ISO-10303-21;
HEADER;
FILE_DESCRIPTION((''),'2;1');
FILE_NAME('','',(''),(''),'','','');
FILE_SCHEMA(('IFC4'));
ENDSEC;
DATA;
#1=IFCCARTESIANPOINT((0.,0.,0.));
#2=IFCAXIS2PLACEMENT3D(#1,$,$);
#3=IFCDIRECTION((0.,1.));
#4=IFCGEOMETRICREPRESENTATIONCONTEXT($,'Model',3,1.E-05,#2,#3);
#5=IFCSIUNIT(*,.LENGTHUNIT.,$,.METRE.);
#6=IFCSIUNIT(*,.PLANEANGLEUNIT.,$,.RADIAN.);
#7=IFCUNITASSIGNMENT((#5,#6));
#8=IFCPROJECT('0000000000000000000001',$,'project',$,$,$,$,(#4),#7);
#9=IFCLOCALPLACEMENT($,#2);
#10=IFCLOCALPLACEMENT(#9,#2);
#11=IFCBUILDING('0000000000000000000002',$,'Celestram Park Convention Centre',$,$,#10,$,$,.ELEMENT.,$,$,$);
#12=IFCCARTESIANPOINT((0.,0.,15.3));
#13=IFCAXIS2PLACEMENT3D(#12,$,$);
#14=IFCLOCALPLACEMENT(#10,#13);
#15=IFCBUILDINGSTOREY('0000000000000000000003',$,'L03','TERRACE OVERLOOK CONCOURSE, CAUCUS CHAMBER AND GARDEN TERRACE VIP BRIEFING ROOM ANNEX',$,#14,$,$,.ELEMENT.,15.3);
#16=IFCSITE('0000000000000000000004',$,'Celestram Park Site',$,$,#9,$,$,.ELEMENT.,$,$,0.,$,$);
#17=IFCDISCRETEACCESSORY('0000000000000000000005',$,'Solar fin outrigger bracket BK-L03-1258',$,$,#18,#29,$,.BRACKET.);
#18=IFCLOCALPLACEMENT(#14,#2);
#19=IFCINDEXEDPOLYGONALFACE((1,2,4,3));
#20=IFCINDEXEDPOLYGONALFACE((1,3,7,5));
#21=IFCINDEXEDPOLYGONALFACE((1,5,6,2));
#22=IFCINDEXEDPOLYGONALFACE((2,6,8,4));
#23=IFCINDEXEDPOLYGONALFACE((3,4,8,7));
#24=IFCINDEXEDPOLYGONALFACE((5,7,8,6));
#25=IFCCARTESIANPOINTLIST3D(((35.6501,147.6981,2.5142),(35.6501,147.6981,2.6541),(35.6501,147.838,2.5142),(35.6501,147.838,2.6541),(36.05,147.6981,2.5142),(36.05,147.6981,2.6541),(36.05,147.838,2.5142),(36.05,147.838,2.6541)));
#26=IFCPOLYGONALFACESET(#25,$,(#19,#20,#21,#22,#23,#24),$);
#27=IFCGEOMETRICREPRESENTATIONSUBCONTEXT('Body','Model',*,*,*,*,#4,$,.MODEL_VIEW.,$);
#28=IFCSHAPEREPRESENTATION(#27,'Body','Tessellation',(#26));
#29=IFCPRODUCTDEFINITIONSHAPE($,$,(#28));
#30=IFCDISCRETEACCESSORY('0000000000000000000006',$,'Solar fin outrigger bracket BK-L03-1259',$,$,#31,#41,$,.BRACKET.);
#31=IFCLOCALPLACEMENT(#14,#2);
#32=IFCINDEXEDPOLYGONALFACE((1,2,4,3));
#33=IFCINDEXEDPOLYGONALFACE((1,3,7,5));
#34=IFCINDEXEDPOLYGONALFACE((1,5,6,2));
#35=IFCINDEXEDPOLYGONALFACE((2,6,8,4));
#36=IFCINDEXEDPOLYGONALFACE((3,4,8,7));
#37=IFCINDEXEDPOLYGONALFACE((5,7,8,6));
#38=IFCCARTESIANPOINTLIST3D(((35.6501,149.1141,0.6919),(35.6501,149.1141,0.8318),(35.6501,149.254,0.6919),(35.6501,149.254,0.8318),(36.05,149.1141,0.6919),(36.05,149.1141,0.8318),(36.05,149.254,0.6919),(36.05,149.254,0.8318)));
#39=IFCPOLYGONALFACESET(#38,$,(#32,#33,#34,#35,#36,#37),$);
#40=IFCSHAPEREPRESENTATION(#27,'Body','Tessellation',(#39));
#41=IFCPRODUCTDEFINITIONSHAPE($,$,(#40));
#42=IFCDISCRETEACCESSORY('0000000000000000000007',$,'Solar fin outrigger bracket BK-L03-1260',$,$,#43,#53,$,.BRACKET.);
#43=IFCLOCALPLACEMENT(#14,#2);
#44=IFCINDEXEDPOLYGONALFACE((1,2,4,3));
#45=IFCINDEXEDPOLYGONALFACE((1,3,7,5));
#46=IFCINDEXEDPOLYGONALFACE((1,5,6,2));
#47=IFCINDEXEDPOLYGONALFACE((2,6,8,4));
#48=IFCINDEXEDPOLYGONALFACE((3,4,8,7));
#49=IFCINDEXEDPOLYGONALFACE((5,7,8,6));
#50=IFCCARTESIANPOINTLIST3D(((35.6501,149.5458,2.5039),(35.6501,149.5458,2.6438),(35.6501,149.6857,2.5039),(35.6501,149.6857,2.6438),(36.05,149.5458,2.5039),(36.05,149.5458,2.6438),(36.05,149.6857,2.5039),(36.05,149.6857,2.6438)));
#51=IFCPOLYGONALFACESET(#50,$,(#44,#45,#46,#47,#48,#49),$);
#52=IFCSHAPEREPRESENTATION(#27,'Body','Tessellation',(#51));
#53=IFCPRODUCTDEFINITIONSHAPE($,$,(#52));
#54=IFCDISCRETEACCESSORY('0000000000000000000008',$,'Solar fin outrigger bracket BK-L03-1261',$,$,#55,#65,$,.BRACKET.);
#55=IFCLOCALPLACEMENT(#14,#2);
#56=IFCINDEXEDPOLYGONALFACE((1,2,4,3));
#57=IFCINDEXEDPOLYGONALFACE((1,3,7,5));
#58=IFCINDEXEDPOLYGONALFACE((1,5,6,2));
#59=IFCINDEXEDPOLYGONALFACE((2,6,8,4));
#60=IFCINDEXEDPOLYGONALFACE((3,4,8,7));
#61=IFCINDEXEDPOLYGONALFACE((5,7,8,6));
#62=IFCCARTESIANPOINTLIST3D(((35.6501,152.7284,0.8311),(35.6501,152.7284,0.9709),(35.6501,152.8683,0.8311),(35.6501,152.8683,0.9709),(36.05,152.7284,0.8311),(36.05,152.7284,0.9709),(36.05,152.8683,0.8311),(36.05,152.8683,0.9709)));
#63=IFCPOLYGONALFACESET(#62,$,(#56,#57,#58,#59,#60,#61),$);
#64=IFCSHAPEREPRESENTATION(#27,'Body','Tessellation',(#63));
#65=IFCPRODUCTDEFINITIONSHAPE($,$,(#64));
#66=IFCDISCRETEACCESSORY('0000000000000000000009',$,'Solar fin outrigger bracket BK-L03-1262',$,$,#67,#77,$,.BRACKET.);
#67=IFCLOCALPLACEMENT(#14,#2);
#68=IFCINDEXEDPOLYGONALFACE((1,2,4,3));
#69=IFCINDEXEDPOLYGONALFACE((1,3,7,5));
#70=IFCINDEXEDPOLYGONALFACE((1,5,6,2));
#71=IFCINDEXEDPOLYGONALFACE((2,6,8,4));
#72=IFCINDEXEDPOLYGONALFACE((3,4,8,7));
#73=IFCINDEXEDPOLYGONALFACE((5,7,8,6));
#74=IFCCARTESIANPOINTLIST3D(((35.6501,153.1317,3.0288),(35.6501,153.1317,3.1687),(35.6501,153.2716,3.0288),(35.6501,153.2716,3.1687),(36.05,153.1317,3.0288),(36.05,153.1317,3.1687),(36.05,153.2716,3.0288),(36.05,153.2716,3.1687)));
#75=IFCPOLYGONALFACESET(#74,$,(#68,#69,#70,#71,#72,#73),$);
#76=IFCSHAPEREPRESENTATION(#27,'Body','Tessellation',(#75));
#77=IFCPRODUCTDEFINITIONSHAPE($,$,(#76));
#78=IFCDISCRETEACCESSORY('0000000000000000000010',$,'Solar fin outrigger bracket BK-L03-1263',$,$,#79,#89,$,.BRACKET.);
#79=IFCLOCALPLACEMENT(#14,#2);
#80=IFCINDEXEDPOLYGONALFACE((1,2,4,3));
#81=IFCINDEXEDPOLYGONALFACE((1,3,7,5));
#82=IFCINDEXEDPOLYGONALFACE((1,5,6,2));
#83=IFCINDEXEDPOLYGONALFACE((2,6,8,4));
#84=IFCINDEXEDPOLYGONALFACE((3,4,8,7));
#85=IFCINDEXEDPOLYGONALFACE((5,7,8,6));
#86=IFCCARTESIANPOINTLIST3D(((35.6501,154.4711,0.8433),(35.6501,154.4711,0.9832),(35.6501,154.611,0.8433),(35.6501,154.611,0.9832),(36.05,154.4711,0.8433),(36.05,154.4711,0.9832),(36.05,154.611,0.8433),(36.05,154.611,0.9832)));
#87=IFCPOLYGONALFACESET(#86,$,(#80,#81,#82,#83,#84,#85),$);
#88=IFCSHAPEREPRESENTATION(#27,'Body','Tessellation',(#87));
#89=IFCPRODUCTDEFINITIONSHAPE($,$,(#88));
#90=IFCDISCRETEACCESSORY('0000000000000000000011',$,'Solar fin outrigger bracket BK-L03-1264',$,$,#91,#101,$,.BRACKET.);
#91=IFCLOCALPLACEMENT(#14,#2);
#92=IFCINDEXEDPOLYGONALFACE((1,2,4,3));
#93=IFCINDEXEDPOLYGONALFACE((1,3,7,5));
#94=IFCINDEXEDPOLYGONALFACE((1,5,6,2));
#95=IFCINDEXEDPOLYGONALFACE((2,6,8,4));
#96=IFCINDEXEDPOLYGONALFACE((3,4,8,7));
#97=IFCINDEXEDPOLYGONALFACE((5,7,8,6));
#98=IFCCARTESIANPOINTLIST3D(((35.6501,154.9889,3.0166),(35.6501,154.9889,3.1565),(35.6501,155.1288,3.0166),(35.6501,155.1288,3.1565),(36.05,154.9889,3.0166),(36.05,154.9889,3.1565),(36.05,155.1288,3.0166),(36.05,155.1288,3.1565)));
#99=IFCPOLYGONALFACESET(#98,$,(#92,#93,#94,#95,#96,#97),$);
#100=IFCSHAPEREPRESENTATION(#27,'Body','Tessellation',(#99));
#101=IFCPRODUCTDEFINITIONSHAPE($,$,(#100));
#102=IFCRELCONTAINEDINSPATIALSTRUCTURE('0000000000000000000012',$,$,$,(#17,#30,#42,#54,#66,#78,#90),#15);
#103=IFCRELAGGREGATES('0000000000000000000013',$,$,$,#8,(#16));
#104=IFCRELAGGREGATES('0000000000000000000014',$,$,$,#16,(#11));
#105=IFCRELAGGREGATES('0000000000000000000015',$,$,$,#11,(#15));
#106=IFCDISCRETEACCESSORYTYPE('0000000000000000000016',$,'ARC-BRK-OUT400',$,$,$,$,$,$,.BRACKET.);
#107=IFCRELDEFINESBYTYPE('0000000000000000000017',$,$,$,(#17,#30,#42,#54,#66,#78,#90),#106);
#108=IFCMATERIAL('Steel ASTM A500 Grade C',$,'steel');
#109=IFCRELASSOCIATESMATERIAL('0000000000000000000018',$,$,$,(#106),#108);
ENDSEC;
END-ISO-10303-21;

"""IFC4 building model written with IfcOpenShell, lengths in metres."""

from ifc_helpers import new_model, si_unit, direction, frame, origin, origin_2d, place, context, subcontext, project, spatial, rectangle, extrude, material, type_object, element, save


model = new_model("IFC4")

# Units and contexts
model_context = context("Model", 3, precision=1e-05, world=origin(), true_north=direction((0.0, 1.0)))
body_context = subcontext(model_context, "Body", "Model", "MODEL_VIEW")
ifc_project = project(units=[si_unit("LENGTHUNIT", "METRE"), si_unit("PLANEANGLEUNIT", "RADIAN")], contexts=[model_context])

# Site, building, storey
site_placement = place(None, origin())
site = spatial("IfcSite", under=ifc_project, at=site_placement, Name="Celestram Park Site", CompositionType="ELEMENT", RefElevation=0.0)
building_placement = place(site_placement, origin())
building = spatial("IfcBuilding", under=site, at=building_placement, Name="Celestram Park Convention Centre", CompositionType="ELEMENT")
storey_placement = place(building_placement, frame((0.0, 0.0, 15.3)))
storey = spatial("IfcBuildingStorey", under=building, at=storey_placement, Name="L03", Description="TERRACE OVERLOOK CONCOURSE, CAUCUS CHAMBER AND GARDEN TERRACE VIP BRIEFING ROOM ANNEX", CompositionType="ELEMENT", Elevation=15.3)

# Discrete accessories
ifc_material_1 = material(Name="Steel ASTM A500 Grade C", Category="steel")
discrete_accessory_type = type_object("IfcDiscreteAccessoryType", Name="ARC-BRK-OUT400", PredefinedType="BRACKET", material=ifc_material_1)
for number, where, z_axis, x_axis, name in (
    (1, (35.8501, 147.7681, 2.5142), (0.0, 0.0, 1.0), (-1.0, 0.0, 0.0), "Solar fin outrigger bracket BK-L03-1258"),
    (2, (35.8501, 149.1841, 0.6919), (0.0, 0.0, 1.0), (-1.0, 0.0, 0.0), "Solar fin outrigger bracket BK-L03-1259"),
    (3, (35.8501, 149.6157, 2.5039), (0.0, 0.0, 1.0), (-1.0, 0.0, 0.0), "Solar fin outrigger bracket BK-L03-1260"),
    (4, (35.8501, 152.7983, 0.8311), (0.0, 0.0, 1.0), (-1.0, 0.0, 0.0), "Solar fin outrigger bracket BK-L03-1261"),
    (5, (35.8501, 153.2017, 3.0288), (0.0, 0.0, 1.0), (-1.0, 0.0, 0.0), "Solar fin outrigger bracket BK-L03-1262"),
    (6, (35.8501, 154.541, 0.8433), (0.0, 0.0, 1.0), (-1.0, 0.0, 0.0), "Solar fin outrigger bracket BK-L03-1263"),
    (7, (35.8501, 155.0588, 3.0166), (0.0, 0.0, 1.0), (-1.0, 0.0, 0.0), "Solar fin outrigger bracket BK-L03-1264"),
):
    element("IfcDiscreteAccessory", number, at=place(storey_placement, frame(where, z_axis=z_axis, x_axis=x_axis)), inside=storey, type_object=discrete_accessory_type, Name=name, PredefinedType="BRACKET", context=body_context, shape_type="SweptSolid", body=[
        extrude(rectangle(XDim=0.3999, YDim=0.1399, at=origin_2d()), origin(), (0.0, 0.0, 1.0), 0.1399),
    ])

save(model, "model.ifc")
